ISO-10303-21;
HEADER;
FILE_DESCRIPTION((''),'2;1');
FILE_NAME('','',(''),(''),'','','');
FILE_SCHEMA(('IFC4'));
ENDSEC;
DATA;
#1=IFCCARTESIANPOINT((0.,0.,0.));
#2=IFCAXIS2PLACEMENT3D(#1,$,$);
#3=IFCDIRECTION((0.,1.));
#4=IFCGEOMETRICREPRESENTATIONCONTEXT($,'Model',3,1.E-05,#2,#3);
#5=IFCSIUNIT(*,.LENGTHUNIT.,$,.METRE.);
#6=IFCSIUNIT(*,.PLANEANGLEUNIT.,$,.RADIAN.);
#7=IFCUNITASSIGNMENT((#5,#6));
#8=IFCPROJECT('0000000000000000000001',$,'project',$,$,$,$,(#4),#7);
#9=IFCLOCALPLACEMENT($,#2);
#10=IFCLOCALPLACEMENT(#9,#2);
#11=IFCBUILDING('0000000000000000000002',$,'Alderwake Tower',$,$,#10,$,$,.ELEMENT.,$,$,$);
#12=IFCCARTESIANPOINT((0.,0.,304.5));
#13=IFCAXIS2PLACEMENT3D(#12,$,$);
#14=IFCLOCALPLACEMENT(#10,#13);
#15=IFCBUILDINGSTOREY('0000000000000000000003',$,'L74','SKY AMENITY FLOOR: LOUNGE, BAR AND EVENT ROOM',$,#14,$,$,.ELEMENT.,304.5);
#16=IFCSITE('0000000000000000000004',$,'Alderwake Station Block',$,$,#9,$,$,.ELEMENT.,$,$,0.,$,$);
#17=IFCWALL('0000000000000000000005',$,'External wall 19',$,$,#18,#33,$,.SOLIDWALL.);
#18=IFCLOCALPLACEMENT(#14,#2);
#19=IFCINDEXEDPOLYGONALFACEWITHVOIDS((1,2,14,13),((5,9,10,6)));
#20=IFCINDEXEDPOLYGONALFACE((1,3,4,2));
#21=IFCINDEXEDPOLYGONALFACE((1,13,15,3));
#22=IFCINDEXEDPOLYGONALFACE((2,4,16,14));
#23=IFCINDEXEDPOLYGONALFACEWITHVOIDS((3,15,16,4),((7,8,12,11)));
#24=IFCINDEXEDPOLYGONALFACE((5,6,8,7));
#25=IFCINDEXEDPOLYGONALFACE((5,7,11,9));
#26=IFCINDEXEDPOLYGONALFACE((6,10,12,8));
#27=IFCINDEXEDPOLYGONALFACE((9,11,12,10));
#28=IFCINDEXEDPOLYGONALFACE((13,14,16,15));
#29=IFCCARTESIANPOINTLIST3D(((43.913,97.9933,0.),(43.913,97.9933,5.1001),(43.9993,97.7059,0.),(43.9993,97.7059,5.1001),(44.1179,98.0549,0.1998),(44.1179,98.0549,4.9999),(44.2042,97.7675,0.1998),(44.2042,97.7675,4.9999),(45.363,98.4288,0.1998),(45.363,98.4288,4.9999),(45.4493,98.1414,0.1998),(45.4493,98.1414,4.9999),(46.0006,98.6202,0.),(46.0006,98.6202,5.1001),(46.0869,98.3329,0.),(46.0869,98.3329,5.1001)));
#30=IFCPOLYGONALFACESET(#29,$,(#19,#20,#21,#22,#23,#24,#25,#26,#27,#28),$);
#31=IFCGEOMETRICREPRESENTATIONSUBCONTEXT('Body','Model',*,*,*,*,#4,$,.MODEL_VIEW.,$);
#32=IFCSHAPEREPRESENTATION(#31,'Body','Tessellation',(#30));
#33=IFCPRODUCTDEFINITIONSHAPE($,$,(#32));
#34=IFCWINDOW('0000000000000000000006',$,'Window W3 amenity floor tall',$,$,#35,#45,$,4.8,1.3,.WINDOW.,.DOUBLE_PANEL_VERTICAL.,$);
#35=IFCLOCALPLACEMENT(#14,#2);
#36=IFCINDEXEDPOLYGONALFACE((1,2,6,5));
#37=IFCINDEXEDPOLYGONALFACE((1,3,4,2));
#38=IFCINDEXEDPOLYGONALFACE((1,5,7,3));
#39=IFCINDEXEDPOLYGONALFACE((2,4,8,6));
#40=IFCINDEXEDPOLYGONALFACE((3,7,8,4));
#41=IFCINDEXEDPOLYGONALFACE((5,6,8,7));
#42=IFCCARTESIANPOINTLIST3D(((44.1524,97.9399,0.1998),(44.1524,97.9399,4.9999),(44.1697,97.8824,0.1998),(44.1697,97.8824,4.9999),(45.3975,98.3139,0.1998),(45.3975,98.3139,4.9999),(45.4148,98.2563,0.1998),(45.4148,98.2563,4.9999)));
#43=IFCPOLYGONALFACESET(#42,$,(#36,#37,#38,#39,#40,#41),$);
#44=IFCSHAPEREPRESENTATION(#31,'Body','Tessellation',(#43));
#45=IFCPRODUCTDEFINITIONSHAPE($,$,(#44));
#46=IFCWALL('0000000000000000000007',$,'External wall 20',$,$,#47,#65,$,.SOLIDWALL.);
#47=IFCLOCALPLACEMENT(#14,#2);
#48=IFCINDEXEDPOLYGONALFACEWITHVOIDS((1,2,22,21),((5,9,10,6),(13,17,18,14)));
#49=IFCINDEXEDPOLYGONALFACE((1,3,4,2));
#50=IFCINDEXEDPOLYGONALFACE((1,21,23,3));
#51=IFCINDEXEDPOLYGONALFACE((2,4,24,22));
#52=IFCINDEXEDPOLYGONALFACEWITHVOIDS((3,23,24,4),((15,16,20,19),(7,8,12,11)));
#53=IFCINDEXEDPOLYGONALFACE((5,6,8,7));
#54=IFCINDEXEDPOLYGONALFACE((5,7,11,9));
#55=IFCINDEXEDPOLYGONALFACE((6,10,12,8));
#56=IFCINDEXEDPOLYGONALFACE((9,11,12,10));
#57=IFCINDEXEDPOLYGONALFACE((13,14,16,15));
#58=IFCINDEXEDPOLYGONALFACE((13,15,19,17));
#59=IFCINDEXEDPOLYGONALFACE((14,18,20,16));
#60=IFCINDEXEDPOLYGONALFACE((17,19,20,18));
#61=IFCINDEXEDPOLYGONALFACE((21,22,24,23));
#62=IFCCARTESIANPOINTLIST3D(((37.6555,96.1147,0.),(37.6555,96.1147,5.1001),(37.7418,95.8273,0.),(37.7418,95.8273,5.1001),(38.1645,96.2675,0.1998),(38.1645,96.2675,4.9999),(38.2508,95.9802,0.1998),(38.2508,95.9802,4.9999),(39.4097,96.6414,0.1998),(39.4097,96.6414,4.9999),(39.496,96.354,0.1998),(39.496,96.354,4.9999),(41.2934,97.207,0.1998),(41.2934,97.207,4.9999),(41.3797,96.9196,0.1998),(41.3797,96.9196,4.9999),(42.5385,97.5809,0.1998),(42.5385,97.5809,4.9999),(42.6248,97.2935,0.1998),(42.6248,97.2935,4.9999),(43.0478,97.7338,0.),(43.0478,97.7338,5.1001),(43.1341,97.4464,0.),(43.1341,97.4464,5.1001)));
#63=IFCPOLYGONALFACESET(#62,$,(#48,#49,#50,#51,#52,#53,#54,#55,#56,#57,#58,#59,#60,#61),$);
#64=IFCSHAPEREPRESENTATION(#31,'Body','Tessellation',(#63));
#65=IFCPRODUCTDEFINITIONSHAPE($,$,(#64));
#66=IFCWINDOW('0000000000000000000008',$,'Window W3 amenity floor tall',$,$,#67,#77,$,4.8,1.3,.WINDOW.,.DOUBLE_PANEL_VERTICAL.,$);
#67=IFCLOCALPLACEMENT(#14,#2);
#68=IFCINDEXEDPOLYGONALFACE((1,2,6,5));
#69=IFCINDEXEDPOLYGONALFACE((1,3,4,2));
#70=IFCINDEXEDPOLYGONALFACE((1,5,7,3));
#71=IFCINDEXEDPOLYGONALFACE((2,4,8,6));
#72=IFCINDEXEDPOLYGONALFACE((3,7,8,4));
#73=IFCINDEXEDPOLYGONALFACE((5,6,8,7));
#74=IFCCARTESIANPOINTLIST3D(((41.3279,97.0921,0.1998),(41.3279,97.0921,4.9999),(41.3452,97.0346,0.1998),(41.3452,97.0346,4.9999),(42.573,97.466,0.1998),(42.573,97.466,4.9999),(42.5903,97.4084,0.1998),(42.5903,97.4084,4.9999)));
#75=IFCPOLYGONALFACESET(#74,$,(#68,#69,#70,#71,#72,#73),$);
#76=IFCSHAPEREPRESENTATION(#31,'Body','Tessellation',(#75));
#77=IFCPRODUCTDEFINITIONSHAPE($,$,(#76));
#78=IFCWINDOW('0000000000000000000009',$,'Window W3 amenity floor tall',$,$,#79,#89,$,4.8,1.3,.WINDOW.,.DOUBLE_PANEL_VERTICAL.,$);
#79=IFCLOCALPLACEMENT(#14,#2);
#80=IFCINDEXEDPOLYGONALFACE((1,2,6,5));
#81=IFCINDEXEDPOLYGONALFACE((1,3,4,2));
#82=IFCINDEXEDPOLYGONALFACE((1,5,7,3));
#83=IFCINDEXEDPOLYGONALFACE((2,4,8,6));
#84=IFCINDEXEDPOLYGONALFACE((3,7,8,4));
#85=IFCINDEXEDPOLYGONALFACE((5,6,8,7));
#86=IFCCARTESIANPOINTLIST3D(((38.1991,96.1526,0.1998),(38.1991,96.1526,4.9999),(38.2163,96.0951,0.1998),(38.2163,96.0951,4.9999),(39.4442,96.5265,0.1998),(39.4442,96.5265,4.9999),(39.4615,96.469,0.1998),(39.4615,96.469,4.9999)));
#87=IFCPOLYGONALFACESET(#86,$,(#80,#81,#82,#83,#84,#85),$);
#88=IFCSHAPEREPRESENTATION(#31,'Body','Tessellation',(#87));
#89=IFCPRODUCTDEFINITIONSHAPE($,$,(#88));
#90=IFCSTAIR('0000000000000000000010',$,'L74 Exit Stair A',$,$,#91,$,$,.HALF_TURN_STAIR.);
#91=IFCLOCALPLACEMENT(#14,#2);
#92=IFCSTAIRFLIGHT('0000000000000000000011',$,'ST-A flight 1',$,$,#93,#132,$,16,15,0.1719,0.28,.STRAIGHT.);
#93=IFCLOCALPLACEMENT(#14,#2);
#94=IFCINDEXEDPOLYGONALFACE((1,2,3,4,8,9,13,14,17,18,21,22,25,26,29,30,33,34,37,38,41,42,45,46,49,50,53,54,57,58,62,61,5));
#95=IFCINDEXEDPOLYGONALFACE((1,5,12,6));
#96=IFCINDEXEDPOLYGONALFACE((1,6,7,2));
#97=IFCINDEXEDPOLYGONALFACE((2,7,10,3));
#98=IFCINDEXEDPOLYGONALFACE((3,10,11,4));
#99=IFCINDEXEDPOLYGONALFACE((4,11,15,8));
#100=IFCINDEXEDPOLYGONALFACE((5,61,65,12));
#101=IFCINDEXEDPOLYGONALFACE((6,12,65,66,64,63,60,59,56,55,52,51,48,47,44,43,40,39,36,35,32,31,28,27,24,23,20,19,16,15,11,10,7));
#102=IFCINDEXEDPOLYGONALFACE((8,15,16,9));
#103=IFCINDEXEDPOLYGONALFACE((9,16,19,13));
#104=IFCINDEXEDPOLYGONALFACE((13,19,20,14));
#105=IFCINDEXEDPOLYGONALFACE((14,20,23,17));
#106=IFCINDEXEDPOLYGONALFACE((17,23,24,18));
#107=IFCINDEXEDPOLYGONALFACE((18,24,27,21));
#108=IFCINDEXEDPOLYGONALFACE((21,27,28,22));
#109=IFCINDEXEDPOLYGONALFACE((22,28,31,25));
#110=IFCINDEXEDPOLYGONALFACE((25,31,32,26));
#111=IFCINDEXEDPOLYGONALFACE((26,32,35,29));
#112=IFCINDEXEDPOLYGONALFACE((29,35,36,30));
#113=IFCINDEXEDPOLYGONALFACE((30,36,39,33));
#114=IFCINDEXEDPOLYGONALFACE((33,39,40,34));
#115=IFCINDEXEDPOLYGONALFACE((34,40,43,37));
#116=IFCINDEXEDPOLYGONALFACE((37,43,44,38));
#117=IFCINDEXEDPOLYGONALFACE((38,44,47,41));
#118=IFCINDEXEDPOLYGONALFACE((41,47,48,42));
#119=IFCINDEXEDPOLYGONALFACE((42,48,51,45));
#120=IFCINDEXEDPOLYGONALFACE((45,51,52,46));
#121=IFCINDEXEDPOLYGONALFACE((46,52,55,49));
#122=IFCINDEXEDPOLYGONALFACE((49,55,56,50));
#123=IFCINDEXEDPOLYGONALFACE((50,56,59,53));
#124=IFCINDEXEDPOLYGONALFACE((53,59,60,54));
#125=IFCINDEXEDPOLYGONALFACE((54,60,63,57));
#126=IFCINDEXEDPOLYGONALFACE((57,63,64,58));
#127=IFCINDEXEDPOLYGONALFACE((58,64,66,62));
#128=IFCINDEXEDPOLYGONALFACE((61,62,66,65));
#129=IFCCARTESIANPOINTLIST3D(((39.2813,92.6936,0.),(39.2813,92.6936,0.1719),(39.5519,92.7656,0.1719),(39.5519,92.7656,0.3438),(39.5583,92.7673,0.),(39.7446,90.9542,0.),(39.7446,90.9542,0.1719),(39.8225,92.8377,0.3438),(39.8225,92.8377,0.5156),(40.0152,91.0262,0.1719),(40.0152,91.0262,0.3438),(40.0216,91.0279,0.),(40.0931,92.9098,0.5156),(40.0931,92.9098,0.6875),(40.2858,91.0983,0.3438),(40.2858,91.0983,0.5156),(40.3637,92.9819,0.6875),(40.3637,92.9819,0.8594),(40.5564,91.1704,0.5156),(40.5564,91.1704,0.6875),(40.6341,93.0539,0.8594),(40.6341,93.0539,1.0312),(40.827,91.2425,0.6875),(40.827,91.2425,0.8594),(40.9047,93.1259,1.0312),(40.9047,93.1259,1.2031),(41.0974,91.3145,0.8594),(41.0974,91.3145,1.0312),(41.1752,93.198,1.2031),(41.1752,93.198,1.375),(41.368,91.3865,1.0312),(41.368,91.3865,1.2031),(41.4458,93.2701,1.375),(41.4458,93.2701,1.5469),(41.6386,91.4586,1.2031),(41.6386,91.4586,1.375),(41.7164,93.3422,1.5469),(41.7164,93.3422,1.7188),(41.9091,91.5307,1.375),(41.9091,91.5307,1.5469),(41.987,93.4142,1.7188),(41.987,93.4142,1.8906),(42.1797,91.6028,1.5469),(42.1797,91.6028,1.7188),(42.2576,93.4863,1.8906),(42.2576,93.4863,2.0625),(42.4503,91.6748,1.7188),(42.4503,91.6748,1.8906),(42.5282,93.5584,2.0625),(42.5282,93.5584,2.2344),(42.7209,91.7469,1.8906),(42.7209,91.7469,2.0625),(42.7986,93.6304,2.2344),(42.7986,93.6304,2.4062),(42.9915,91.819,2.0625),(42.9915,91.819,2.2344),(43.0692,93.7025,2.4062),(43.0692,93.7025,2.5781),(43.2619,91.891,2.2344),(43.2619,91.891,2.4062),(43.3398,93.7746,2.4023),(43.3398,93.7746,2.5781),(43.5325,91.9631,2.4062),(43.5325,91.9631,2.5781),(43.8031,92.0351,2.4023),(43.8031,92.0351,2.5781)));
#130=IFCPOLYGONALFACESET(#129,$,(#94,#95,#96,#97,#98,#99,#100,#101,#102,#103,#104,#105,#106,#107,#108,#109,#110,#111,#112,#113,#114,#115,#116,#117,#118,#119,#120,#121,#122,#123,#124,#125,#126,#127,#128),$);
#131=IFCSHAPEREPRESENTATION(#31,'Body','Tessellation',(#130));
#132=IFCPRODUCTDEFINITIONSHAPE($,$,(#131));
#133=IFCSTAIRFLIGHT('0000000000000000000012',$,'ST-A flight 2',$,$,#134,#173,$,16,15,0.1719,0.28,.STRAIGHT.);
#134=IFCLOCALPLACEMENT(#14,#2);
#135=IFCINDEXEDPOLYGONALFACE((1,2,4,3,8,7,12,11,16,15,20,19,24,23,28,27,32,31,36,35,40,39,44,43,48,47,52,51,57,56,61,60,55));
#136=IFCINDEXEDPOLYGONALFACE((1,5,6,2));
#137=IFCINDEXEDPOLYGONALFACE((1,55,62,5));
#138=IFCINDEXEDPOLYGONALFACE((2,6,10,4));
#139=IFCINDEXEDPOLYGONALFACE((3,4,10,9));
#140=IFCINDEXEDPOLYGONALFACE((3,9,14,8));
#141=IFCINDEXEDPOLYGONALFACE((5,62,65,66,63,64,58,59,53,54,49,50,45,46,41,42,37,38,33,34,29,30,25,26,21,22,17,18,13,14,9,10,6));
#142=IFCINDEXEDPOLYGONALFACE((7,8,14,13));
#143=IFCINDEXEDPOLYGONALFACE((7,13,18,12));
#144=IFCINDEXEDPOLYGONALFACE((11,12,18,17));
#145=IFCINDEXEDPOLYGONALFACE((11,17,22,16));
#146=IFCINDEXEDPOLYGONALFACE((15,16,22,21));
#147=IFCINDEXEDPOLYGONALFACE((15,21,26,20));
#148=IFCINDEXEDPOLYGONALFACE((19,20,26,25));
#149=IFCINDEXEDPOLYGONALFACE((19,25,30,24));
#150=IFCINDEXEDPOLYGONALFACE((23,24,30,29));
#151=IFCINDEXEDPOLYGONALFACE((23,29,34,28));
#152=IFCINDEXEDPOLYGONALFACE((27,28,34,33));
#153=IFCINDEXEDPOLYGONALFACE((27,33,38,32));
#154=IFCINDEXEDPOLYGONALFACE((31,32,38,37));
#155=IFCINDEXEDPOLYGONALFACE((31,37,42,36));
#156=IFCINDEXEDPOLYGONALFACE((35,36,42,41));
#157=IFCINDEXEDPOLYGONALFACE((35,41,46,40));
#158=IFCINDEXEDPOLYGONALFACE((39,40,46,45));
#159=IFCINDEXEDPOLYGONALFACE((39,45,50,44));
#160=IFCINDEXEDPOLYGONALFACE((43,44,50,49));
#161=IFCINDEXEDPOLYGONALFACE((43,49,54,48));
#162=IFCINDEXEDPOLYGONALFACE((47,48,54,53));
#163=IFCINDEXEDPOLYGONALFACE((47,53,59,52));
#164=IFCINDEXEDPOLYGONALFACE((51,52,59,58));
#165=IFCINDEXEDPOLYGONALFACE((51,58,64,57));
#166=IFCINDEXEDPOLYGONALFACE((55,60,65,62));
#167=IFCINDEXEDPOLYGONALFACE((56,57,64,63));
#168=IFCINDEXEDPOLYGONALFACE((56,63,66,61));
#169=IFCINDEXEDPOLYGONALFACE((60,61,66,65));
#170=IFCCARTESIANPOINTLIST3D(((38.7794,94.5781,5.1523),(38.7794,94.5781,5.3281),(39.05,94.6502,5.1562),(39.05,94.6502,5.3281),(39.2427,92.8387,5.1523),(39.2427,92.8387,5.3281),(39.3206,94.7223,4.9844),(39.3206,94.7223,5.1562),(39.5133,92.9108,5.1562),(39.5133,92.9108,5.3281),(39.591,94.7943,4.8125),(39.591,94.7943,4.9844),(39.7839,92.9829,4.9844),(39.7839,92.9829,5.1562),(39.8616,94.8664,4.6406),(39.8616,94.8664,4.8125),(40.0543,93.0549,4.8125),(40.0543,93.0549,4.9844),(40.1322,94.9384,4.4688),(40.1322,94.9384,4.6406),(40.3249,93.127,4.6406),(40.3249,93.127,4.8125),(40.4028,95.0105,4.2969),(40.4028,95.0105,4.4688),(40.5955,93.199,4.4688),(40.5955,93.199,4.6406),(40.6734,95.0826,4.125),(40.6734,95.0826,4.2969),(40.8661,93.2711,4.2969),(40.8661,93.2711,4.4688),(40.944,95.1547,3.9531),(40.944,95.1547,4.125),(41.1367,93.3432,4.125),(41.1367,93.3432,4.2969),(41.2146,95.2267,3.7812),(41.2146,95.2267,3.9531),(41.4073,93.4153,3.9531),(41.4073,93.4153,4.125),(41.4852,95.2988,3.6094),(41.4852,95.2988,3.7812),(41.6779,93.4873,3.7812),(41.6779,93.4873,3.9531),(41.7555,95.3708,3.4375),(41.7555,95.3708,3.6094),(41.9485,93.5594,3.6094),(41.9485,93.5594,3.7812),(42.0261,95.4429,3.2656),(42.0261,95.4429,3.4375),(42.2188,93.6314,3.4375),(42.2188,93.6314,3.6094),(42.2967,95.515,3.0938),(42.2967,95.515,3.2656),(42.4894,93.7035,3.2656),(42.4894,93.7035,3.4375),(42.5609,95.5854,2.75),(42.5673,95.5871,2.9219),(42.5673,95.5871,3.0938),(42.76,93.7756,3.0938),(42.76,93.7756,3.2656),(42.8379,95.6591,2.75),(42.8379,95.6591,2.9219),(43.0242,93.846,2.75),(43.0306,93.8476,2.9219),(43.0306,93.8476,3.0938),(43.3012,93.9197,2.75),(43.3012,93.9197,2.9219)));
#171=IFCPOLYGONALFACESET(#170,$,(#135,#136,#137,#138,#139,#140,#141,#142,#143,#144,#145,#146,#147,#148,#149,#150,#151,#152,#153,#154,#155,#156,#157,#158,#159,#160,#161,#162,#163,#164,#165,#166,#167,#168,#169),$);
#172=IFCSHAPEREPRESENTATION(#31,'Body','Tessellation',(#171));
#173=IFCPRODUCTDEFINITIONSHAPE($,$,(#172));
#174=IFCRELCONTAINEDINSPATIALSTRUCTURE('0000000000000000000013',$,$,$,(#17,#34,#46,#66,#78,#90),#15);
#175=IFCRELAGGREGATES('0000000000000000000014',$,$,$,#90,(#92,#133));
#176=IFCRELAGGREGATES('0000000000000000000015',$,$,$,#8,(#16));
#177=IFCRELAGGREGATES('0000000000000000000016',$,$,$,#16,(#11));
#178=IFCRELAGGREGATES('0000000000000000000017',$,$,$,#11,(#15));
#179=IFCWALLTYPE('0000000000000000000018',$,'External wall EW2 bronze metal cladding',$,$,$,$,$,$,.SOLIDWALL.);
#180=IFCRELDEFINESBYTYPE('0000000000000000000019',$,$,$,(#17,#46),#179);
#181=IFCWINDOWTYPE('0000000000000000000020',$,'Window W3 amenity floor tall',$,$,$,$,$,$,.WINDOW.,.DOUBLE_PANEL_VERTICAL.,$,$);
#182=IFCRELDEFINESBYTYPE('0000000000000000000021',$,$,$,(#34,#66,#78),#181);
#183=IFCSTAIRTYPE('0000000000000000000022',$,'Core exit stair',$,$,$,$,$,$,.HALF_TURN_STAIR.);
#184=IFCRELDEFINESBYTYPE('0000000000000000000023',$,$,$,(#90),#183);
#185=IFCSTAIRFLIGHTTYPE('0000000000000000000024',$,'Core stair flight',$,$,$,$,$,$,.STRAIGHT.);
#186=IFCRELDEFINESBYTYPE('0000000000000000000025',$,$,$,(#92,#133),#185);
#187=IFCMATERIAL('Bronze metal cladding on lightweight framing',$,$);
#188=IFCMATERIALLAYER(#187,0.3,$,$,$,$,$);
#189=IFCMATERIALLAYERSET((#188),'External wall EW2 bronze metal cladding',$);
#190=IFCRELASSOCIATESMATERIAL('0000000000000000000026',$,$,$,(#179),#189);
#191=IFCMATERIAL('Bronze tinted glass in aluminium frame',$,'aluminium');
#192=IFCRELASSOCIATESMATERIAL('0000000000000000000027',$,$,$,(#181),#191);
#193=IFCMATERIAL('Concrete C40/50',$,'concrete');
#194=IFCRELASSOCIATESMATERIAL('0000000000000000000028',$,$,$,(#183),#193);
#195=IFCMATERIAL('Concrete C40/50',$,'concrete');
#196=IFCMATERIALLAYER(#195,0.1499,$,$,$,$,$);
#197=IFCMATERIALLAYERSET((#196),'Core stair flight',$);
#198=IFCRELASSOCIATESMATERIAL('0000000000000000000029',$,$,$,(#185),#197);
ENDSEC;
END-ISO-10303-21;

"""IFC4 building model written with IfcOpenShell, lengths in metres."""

from ifc_helpers import new_model, si_unit, direction, frame, frame_2d, origin, place, context, subcontext, project, spatial, polyline, rectangle, outline, extrude, material, layer, layer_set, type_object, element, fill, aggregate, save


model = new_model("IFC4")

# Units and contexts
model_context = context("Model", 3, precision=1e-05, world=origin(), true_north=direction((0.0, 1.0)))
body_context = subcontext(model_context, "Body", "Model", "MODEL_VIEW")
ifc_project = project(units=[si_unit("LENGTHUNIT", "METRE"), si_unit("PLANEANGLEUNIT", "RADIAN")], contexts=[model_context])

# Site, building, storey
site_placement = place(None, origin())
site = spatial("IfcSite", under=ifc_project, at=site_placement, Name="Alderwake Station Block", CompositionType="ELEMENT", RefElevation=0.0)
building_placement = place(site_placement, origin())
building = spatial("IfcBuilding", under=site, at=building_placement, Name="Alderwake Tower", CompositionType="ELEMENT")
storey_placement = place(building_placement, frame((0.0, 0.0, 304.5)))
storey = spatial("IfcBuildingStorey", under=building, at=storey_placement, Name="L74", Description="SKY AMENITY FLOOR: LOUNGE, BAR AND EVENT ROOM", CompositionType="ELEMENT", Elevation=304.5)

# Shared definitions
ifc_material_1 = material(Name="Bronze metal cladding on lightweight framing")
ifc_layer_1 = layer(ifc_material_1, 0.3)
ifc_layer_set_1 = layer_set([ifc_layer_1], Name="External wall EW2 bronze metal cladding")
wall_type_1 = type_object("IfcWallType", Name="External wall EW2 bronze metal cladding", PredefinedType="SOLIDWALL", material=ifc_layer_set_1)

# Wall, opening, window
wall_1_placement = place(storey_placement, frame((46.0437, 98.4766, 0.0), z_axis=(0.0, 0.0, 1.0), x_axis=(-0.957743, -0.287625, 0.0)))
wall_1 = element("IfcWall", 1, at=wall_1_placement, inside=storey, type_object=wall_type_1, Name="External wall 19", PredefinedType="SOLIDWALL", context=body_context, shape_type="SweptSolid", body=[
    extrude(rectangle(XDim=2.1797, YDim=0.3, at=frame_2d((1.0898, 0.0))), origin(), (0.0, 0.0, 1.0), 5.1001),
])
opening_1_placement = place(wall_1_placement, frame((0.6658, 0.0, 0.2)))
opening_1 = element("IfcOpeningElement", 2, at=opening_1_placement, cuts=wall_1, PredefinedType="OPENING", context=body_context, shape_type="SweptSolid", body=[
    extrude(rectangle(XDim=1.3, YDim=4.8, at=frame_2d((0.6499, 2.3999))), frame((0.0, 0.1599, 0.0), z_axis=(0.0, -1.0, 0.0), x_axis=(1.0, 0.0, 0.0)), (0.0, 0.0, 1.0), 0.3201),
])
ifc_material_2 = material(Name="Bronze tinted glass in aluminium frame", Category="aluminium")
window_type = type_object("IfcWindowType", Name="Window W3 amenity floor tall", PartitioningType="DOUBLE_PANEL_VERTICAL", PredefinedType="WINDOW", material=ifc_material_2)
window_1_placement = place(opening_1_placement, origin())
window_1 = element("IfcWindow", 3, at=window_1_placement, inside=storey, type_object=window_type, Name="Window W3 amenity floor tall", OverallHeight=4.8, OverallWidth=1.3, PartitioningType="DOUBLE_PANEL_VERTICAL", PredefinedType="WINDOW", context=body_context, shape_type="SweptSolid", body=[
    extrude(rectangle(XDim=1.3, YDim=4.8, at=frame_2d((0.6499, 2.3999))), frame((0.0, 0.03, 0.0), z_axis=(0.0, -1.0, 0.0), x_axis=(1.0, 0.0, 0.0)), (0.0, 0.0, 1.0), 0.0601),
])
fill(opening_1, window_1)

# Wall, openings, windows
wall_2_placement = place(storey_placement, frame((43.0908, 97.5901, 0.0), z_axis=(0.0, 0.0, 1.0), x_axis=(-0.957756, -0.287583, 0.0)))
wall_2 = element("IfcWall", 4, at=wall_2_placement, inside=storey, type_object=wall_type_1, Name="External wall 20", PredefinedType="SOLIDWALL", context=body_context, shape_type="SweptSolid", body=[
    extrude(rectangle(XDim=5.6301, YDim=0.3, at=frame_2d((2.8149, 0.0))), origin(), (0.0, 0.0, 1.0), 5.1001),
])
opening_2_placement = place(wall_2_placement, frame((0.5317, 0.0, 0.2)))
opening_2 = element("IfcOpeningElement", 5, at=opening_2_placement, cuts=wall_2, PredefinedType="OPENING", context=body_context, shape_type="SweptSolid", body=[
    extrude(rectangle(XDim=1.3, YDim=4.8, at=frame_2d((0.6499, 2.3999))), frame((0.0, 0.1599, 0.0), z_axis=(0.0, -1.0, 0.0), x_axis=(1.0, 0.0, 0.0)), (0.0, 0.0, 1.0), 0.3201),
])
opening_3_placement = place(wall_2_placement, frame((3.7986, 0.0, 0.2)))
opening_3 = element("IfcOpeningElement", 6, at=opening_3_placement, cuts=wall_2, PredefinedType="OPENING", context=body_context, shape_type="SweptSolid", body=[
    extrude(rectangle(XDim=1.3, YDim=4.8, at=frame_2d((0.6499, 2.3999))), frame((0.0, 0.1599, 0.0), z_axis=(0.0, -1.0, 0.0), x_axis=(1.0, 0.0, 0.0)), (0.0, 0.0, 1.0), 0.3201),
])
window_2_placement = place(opening_2_placement, origin())
window_2 = element("IfcWindow", 7, at=window_2_placement, inside=storey, type_object=window_type, Name="Window W3 amenity floor tall", OverallHeight=4.8, OverallWidth=1.3, PartitioningType="DOUBLE_PANEL_VERTICAL", PredefinedType="WINDOW", context=body_context, shape_type="SweptSolid", body=[
    extrude(rectangle(XDim=1.3, YDim=4.8, at=frame_2d((0.6499, 2.3999))), frame((0.0, 0.03, 0.0), z_axis=(0.0, -1.0, 0.0), x_axis=(1.0, 0.0, 0.0)), (0.0, 0.0, 1.0), 0.0601),
])
fill(opening_2, window_2)
window_3_placement = place(opening_3_placement, origin())
window_3 = element("IfcWindow", 8, at=window_3_placement, inside=storey, type_object=window_type, Name="Window W3 amenity floor tall", OverallHeight=4.8, OverallWidth=1.3, PartitioningType="DOUBLE_PANEL_VERTICAL", PredefinedType="WINDOW", context=body_context, shape_type="SweptSolid", body=[
    extrude(rectangle(XDim=1.3, YDim=4.8, at=frame_2d((0.6499, 2.3999))), frame((0.0, 0.03, 0.0), z_axis=(0.0, -1.0, 0.0), x_axis=(1.0, 0.0, 0.0)), (0.0, 0.0, 1.0), 0.0601),
])
fill(opening_3, window_3)

# Stair, stair flights
ifc_material_3 = material(Name="Concrete C40/50", Category="concrete")
stair_type = type_object("IfcStairType", Name="Core exit stair", PredefinedType="HALF_TURN_STAIR", material=ifc_material_3)
stair_placement = place(storey_placement, origin())
stair = element("IfcStair", 9, at=stair_placement, inside=storey, type_object=stair_type, Name="L74 Exit Stair A", PredefinedType="HALF_TURN_STAIR")
ifc_material_4 = material(Name="Concrete C40/50", Category="concrete")
ifc_layer_2 = layer(ifc_material_4, 0.1499)
ifc_layer_set_2 = layer_set([ifc_layer_2], Name="Core stair flight")
stair_flight_type = type_object("IfcStairFlightType", Name="Core stair flight", PredefinedType="STRAIGHT", material=ifc_layer_set_2)
stair_flight_1_placement = place(storey_placement, frame((39.5129, 91.824, 0.0), z_axis=(0.0, 0.0, 1.0), x_axis=(0.96631, 0.257382, 0.0)))
stair_flight_1 = element("IfcStairFlight", 10, at=stair_flight_1_placement, type_object=stair_flight_type, Name="ST-A flight 1", NumberOfRisers=16, NumberOfTreads=15, PredefinedType="STRAIGHT", RiserHeight=0.1719, TreadLength=0.28, context=body_context, shape_type="SweptSolid", body=[
    extrude(outline(polyline([(0.0, 0.0), (0.0, 0.1719), (0.28, 0.1719), (0.28, 0.3438), (0.5601, 0.3438), (0.5601, 0.5156), (0.8401, 0.5156), (0.8401, 0.6875), (1.1201, 0.6875), (1.1201, 0.8594), (1.3999, 0.8594), (1.3999, 1.0312), (1.6799, 1.0312), (1.6799, 1.2031), (1.96, 1.2031), (1.96, 1.375), (2.24, 1.375), (2.24, 1.5469), (2.52, 1.5469), (2.52, 1.7188), (2.8, 1.7188), (2.8, 1.8906), (3.0801, 1.8906), (3.0801, 2.0625), (3.3601, 2.0625), (3.3601, 2.2344), (3.6399, 2.2344), (3.6399, 2.4062), (3.9199, 2.4062), (3.9199, 2.5781), (4.2, 2.5781), (4.2, 2.75), (4.2, 2.4023), (0.2866, 0.0), (0.0, 0.0)])), frame((0.0, 0.8999, 0.0), z_axis=(0.0, -1.0, 0.0), x_axis=(1.0, 0.0, 0.0)), (0.0, 0.0, 1.0), 1.8),
])
stair_flight_2_placement = place(storey_placement, frame((43.0696, 94.7893, 2.75), z_axis=(0.0, 0.0, 1.0), x_axis=(-0.96631, -0.257382, 0.0)))
stair_flight_2 = element("IfcStairFlight", 11, at=stair_flight_2_placement, type_object=stair_flight_type, Name="ST-A flight 2", NumberOfRisers=16, NumberOfTreads=15, PredefinedType="STRAIGHT", RiserHeight=0.1719, TreadLength=0.28, context=body_context, shape_type="SweptSolid", body=[
    extrude(outline(polyline([(0.0, 0.0), (0.0, 0.1719), (0.28, 0.1719), (0.28, 0.3438), (0.5601, 0.3438), (0.5601, 0.5156), (0.8401, 0.5156), (0.8401, 0.6875), (1.1201, 0.6875), (1.1201, 0.8594), (1.3999, 0.8594), (1.3999, 1.0312), (1.6799, 1.0312), (1.6799, 1.2031), (1.96, 1.2031), (1.96, 1.375), (2.24, 1.375), (2.24, 1.5469), (2.52, 1.5469), (2.52, 1.7188), (2.8, 1.7188), (2.8, 1.8906), (3.0801, 1.8906), (3.0801, 2.0625), (3.3601, 2.0625), (3.3601, 2.2344), (3.6399, 2.2344), (3.6399, 2.4062), (3.9199, 2.4062), (3.9199, 2.5781), (4.2, 2.5781), (4.2, 2.75), (4.2, 2.4023), (0.2866, 0.0), (0.0, 0.0)])), frame((0.0, 0.8999, 0.0), z_axis=(0.0, -1.0, 0.0), x_axis=(1.0, 0.0, 0.0)), (0.0, 0.0, 1.0), 1.8),
])
aggregate(stair, [stair_flight_1, stair_flight_2])

save(model, "model.ifc")
